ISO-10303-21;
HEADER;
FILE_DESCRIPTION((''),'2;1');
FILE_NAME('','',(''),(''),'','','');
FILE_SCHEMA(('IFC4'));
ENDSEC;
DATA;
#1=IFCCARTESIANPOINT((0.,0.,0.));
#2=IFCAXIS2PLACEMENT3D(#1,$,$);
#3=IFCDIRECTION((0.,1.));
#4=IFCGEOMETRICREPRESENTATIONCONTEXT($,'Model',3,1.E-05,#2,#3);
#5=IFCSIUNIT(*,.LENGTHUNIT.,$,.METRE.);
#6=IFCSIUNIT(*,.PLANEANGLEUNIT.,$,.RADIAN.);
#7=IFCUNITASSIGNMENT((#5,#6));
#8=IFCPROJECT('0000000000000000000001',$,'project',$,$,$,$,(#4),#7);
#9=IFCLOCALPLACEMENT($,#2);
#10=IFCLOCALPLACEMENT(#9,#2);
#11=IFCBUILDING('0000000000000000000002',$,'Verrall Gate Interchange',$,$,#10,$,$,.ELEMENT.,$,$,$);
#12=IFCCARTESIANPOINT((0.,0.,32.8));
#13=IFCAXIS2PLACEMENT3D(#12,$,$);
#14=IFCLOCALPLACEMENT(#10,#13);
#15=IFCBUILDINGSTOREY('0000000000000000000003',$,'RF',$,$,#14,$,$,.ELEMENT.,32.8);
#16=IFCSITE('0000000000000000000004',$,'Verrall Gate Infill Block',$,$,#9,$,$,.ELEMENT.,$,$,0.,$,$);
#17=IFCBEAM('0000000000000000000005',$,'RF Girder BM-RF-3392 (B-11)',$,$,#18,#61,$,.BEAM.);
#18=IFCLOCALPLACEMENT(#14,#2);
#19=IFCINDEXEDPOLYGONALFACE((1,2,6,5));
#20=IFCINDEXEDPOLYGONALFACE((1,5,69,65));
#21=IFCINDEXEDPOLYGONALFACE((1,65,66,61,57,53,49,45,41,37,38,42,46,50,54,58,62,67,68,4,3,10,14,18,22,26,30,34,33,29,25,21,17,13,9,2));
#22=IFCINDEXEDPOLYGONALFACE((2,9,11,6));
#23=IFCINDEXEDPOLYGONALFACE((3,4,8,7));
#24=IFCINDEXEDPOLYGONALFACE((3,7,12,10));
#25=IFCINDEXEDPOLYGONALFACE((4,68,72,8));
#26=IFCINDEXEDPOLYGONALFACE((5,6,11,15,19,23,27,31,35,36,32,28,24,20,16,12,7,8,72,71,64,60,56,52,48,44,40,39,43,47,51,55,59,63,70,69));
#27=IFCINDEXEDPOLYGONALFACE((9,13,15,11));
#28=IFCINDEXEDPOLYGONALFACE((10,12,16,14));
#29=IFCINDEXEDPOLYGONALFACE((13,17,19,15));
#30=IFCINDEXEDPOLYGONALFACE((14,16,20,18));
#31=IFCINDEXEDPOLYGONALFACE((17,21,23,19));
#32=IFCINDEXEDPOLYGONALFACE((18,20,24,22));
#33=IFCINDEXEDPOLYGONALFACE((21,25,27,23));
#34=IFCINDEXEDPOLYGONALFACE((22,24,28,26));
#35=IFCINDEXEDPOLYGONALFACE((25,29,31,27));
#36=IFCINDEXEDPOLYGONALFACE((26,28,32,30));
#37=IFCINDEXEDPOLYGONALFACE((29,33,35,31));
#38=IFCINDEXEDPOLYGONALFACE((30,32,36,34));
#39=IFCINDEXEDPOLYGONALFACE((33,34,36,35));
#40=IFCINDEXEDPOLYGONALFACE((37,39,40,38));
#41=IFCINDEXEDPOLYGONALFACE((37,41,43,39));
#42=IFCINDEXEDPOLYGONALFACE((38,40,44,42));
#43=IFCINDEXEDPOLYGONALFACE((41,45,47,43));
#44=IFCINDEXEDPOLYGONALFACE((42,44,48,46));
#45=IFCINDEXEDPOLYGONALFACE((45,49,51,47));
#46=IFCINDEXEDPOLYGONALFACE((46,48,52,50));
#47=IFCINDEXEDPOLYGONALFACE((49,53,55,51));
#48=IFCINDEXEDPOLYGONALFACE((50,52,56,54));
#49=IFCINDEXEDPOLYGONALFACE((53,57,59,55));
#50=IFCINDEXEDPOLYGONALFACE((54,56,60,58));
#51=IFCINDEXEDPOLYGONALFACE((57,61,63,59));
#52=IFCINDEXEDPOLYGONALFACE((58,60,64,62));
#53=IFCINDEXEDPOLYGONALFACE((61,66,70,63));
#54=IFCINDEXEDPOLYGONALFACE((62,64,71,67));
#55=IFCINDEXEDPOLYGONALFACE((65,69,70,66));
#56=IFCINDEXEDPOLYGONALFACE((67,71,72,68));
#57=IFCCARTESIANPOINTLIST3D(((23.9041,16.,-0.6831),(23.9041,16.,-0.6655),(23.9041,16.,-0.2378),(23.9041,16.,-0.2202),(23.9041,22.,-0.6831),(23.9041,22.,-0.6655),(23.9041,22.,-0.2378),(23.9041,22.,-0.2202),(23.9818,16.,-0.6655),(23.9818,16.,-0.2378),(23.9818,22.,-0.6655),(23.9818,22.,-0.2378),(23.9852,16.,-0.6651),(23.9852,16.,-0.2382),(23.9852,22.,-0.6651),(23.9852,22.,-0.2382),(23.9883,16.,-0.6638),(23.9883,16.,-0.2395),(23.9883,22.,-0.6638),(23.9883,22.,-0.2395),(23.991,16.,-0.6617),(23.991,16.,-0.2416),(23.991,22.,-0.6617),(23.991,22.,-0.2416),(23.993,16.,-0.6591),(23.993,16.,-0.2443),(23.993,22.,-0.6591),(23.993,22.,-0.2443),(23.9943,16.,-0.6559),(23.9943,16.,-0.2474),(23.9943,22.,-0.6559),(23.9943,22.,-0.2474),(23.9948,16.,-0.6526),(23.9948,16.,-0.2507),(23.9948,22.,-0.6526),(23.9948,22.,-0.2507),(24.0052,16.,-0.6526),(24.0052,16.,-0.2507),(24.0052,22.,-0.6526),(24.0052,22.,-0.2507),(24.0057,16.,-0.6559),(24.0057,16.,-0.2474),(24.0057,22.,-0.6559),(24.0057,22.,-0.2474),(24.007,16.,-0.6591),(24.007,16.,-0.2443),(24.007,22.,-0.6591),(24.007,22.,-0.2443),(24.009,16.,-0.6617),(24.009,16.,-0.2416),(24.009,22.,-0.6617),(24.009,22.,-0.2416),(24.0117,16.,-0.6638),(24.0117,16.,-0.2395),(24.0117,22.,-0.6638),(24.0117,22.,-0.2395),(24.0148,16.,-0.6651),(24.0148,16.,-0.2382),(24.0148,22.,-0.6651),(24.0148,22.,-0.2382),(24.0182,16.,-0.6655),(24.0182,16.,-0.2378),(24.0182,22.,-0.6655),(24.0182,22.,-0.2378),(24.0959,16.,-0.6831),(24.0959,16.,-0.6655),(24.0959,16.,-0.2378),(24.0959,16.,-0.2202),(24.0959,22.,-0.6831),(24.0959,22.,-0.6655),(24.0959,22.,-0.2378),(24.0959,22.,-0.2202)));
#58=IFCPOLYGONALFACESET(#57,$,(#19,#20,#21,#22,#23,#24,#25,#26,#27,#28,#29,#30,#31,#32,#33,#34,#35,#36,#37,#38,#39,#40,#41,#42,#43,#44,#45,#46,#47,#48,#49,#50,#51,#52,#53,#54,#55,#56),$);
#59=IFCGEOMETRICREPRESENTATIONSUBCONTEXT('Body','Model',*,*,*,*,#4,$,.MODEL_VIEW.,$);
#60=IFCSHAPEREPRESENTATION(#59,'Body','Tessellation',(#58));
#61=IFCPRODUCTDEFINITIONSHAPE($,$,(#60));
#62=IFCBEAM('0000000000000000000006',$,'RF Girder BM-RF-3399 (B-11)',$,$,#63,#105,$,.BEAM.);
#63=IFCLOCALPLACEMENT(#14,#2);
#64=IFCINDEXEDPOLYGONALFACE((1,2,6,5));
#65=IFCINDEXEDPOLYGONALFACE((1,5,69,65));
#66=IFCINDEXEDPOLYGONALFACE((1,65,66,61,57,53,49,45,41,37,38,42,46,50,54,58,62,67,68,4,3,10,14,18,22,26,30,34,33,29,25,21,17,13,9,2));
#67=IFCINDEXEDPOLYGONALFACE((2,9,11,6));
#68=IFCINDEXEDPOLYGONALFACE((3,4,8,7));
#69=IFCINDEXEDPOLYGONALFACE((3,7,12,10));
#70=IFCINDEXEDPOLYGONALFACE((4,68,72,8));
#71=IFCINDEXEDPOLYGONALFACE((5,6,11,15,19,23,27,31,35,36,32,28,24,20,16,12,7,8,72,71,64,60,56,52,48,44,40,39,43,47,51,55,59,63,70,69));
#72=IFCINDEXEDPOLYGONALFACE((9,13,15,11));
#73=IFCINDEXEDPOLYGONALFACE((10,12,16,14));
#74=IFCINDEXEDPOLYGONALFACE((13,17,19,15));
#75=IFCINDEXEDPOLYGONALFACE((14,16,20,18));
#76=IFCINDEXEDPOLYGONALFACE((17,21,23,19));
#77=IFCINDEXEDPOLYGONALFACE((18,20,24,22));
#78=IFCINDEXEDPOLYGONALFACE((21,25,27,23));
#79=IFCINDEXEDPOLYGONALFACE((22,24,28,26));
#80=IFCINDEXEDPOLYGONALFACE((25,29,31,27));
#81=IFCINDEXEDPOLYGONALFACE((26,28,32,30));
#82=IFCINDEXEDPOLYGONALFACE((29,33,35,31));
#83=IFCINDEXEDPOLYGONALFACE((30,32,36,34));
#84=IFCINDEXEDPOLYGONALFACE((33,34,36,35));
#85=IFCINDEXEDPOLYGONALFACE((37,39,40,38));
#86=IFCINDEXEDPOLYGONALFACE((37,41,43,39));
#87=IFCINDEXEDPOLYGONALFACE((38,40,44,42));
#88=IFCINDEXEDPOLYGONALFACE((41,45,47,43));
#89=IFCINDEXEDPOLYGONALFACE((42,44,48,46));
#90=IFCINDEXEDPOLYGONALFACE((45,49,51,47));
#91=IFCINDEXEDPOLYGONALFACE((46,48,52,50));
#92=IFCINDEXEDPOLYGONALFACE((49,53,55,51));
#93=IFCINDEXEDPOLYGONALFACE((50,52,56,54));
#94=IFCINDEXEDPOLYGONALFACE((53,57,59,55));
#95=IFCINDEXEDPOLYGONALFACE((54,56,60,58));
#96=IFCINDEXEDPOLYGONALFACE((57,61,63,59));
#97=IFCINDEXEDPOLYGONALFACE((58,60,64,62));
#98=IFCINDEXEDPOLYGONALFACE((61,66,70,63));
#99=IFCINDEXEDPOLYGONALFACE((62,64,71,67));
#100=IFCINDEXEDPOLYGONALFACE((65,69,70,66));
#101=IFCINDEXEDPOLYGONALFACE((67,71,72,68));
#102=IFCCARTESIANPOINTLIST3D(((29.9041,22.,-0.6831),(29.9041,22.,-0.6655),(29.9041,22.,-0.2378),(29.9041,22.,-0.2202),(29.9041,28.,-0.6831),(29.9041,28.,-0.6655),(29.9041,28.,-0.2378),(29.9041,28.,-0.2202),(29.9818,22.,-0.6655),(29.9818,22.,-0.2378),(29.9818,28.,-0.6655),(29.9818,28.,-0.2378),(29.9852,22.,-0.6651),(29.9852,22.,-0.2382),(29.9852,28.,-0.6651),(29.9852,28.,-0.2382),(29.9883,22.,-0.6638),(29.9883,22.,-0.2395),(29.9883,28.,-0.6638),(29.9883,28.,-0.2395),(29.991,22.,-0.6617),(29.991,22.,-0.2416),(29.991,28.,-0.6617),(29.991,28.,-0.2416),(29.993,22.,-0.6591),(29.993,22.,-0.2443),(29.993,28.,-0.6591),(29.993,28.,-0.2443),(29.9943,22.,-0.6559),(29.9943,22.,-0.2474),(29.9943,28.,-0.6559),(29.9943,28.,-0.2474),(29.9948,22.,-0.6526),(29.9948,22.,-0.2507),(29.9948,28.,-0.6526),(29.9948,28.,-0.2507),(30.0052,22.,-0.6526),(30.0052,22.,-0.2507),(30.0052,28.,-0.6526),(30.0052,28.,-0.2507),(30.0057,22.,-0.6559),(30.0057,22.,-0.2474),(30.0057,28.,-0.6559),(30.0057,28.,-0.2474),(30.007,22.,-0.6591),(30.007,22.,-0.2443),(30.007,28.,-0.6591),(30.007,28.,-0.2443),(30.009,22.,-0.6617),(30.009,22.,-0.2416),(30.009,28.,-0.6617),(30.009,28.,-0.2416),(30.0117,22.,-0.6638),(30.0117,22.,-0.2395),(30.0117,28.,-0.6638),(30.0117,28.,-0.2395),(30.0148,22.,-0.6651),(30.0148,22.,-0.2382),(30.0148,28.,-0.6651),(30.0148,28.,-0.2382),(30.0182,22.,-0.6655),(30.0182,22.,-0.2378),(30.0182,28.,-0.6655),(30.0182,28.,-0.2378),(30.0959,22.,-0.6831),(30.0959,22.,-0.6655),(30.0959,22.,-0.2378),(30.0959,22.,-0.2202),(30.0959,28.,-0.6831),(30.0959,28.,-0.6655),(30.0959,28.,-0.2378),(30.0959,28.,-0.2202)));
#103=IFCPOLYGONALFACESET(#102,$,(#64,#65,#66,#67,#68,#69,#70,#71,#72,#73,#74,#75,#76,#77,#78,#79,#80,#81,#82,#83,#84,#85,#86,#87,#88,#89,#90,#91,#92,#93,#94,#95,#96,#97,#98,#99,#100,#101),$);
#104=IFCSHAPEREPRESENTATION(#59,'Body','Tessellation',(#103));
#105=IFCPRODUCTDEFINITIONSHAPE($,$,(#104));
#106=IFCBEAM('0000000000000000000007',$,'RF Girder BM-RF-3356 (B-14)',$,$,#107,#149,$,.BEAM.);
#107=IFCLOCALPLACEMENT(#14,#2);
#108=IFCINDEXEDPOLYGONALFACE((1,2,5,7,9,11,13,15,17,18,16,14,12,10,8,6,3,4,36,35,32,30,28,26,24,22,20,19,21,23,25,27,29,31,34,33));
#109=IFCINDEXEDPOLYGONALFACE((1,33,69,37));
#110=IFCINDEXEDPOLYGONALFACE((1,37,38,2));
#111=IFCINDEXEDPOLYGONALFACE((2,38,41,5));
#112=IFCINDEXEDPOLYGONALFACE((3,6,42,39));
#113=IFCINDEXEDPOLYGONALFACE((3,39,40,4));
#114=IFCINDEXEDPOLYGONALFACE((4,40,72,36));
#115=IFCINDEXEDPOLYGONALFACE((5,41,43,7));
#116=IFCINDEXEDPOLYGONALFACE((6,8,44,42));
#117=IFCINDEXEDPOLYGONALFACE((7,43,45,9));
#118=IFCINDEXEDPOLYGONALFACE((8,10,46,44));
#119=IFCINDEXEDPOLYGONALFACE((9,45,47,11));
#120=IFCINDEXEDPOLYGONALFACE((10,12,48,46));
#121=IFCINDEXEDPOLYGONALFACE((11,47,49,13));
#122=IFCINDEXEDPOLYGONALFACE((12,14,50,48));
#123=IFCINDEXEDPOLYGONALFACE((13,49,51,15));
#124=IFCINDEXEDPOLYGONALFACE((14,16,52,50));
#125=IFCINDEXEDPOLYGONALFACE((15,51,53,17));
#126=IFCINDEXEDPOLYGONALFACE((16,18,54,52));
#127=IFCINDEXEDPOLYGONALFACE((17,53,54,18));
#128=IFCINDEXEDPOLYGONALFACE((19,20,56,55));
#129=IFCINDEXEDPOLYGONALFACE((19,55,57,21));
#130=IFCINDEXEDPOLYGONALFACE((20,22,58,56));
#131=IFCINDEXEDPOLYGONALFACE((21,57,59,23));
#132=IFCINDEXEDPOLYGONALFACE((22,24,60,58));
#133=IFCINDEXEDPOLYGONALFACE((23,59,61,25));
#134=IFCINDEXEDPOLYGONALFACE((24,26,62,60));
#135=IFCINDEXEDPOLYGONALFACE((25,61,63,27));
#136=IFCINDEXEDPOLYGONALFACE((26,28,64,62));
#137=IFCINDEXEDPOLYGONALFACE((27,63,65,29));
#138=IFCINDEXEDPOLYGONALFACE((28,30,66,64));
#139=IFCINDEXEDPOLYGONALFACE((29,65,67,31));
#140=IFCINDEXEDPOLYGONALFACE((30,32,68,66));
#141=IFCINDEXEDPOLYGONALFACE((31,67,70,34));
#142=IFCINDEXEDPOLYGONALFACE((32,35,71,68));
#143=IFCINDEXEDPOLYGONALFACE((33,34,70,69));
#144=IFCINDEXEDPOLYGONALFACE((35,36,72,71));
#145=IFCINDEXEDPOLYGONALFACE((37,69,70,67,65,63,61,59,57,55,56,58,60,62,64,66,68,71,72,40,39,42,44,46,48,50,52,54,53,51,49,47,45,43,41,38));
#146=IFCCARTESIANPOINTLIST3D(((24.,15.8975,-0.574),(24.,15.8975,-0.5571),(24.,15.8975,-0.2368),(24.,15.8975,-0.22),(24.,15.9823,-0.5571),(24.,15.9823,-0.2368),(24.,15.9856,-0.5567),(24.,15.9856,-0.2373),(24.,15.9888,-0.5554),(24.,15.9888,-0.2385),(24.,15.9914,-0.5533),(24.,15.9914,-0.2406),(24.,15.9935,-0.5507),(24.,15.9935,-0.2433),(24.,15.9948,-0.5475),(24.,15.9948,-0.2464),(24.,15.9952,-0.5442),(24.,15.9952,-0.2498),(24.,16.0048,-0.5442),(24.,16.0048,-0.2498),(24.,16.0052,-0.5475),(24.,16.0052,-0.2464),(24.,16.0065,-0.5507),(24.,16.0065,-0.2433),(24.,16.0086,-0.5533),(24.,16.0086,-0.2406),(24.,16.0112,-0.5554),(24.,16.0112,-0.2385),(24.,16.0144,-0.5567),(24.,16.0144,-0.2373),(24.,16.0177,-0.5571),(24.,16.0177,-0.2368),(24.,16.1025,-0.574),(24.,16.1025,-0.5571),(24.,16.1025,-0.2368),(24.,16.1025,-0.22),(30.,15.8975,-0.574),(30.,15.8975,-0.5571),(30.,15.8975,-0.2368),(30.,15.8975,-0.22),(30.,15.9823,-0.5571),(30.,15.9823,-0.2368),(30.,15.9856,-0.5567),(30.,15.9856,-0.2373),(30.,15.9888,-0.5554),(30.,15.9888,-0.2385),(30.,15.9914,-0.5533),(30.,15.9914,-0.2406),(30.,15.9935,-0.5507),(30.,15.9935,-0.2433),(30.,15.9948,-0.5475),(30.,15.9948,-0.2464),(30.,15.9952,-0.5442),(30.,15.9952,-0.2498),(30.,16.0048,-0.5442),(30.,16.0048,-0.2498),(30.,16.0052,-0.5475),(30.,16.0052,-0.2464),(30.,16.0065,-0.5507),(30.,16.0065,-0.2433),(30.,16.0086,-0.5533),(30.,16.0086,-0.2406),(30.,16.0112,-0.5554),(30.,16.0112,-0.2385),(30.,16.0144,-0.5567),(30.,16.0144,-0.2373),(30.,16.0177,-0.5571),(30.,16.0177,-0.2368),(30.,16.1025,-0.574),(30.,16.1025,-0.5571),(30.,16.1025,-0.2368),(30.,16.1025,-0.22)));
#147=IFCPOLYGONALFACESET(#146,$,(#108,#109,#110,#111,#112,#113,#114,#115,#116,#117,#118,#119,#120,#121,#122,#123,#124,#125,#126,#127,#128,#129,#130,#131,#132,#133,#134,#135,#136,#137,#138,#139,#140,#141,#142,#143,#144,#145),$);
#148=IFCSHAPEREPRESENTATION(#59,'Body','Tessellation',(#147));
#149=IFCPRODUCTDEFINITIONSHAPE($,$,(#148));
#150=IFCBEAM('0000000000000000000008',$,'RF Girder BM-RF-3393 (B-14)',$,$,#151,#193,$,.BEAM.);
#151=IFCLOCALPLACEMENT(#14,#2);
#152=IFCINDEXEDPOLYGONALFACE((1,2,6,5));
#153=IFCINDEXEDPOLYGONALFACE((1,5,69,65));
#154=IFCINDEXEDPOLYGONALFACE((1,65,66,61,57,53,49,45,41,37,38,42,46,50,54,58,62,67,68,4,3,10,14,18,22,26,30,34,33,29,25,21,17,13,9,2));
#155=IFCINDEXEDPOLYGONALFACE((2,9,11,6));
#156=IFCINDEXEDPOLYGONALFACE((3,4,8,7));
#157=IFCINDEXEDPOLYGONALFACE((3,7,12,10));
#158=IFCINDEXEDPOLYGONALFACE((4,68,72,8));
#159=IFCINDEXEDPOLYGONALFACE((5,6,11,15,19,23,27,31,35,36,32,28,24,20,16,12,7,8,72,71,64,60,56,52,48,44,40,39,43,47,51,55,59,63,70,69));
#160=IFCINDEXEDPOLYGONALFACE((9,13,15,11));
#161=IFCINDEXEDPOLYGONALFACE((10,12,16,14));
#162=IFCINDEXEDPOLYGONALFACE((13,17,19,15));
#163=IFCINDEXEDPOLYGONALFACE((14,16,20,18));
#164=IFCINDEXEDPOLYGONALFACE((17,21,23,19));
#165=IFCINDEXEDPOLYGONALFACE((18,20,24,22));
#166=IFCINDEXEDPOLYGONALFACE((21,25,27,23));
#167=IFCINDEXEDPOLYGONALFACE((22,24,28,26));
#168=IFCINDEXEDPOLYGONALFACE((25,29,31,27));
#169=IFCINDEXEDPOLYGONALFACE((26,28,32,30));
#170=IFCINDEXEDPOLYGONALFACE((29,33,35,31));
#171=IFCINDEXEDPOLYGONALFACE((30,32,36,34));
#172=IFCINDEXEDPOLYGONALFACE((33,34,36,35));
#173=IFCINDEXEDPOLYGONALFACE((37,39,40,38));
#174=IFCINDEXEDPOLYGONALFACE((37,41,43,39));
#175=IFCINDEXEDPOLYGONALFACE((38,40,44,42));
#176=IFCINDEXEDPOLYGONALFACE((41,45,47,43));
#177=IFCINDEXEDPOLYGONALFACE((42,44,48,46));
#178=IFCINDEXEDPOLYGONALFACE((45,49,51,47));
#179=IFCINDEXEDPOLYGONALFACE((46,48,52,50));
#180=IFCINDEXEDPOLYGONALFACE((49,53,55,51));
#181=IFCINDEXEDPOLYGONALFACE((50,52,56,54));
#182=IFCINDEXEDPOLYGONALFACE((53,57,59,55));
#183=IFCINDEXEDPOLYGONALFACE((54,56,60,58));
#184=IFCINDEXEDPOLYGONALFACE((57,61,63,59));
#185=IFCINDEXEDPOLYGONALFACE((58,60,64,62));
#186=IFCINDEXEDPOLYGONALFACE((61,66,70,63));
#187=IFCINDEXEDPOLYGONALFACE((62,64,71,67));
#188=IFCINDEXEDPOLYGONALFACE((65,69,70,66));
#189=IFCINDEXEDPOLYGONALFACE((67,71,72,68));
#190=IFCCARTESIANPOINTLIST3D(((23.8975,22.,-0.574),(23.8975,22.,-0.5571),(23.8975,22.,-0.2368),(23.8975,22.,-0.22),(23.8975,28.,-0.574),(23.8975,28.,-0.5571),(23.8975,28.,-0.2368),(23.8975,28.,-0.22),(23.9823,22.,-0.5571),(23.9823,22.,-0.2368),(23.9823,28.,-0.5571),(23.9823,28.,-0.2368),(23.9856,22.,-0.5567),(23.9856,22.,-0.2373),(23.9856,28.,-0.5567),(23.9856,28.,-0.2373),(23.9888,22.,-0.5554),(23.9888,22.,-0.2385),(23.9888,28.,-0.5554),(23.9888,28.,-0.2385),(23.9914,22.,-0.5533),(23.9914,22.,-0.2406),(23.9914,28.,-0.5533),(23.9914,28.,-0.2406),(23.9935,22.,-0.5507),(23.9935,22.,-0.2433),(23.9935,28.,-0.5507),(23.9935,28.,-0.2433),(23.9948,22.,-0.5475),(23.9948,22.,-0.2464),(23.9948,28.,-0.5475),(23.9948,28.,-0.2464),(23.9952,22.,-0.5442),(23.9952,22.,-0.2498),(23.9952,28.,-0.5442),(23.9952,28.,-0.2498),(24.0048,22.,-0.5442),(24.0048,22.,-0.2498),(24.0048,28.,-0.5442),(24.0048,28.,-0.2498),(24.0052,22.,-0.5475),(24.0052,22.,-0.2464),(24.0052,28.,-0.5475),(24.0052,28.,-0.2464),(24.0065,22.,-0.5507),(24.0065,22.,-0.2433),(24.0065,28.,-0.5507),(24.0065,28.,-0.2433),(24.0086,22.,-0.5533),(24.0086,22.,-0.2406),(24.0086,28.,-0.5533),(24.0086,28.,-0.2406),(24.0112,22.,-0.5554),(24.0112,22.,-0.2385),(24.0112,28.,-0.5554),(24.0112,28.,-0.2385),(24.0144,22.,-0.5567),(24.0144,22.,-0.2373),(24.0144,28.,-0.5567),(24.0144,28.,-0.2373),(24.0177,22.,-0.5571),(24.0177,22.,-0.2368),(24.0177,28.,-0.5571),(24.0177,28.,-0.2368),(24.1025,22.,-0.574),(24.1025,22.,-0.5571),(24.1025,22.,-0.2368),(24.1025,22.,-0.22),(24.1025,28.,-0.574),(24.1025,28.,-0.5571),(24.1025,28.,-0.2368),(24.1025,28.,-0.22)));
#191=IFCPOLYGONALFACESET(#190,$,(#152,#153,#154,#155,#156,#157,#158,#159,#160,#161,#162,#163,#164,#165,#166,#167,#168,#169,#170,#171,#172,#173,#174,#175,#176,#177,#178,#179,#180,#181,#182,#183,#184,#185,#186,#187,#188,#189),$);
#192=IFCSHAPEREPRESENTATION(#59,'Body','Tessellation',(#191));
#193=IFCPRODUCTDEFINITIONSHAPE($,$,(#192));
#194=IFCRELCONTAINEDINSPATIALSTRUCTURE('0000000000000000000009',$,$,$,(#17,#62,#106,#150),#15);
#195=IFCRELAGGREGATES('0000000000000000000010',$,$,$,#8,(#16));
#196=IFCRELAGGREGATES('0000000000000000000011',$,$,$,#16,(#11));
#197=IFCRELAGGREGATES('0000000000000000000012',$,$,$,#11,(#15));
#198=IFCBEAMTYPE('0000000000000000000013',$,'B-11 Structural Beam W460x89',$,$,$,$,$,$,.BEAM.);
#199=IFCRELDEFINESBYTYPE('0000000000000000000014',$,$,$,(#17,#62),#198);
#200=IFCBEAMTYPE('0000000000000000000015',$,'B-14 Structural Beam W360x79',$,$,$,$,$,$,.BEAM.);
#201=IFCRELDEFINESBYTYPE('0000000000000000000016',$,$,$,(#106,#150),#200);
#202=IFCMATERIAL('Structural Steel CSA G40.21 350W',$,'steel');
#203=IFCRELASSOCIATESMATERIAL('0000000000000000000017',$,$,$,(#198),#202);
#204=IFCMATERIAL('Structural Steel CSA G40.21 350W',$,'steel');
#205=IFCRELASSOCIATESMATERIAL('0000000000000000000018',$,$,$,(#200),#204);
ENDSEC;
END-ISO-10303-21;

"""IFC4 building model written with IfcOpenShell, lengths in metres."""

from ifc_helpers import new_model, si_unit, direction, frame, origin, origin_2d, place, context, subcontext, project, spatial, i_section, extrude, material, material_profile, profile_set, type_object, element, save


model = new_model("IFC4")

# Units and contexts
model_context = context("Model", 3, precision=1e-05, world=origin(), true_north=direction((0.0, 1.0)))
body_context = subcontext(model_context, "Body", "Model", "MODEL_VIEW")
ifc_project = project(units=[si_unit("LENGTHUNIT", "METRE"), si_unit("PLANEANGLEUNIT", "RADIAN")], contexts=[model_context])

# Site, building, storey
site_placement = place(None, origin())
site = spatial("IfcSite", under=ifc_project, at=site_placement, Name="Verrall Gate Infill Block", CompositionType="ELEMENT", RefElevation=0.0)
building_placement = place(site_placement, origin())
building = spatial("IfcBuilding", under=site, at=building_placement, Name="Verrall Gate Interchange", CompositionType="ELEMENT")
storey_placement = place(building_placement, frame((0.0, 0.0, 32.8)))
storey = spatial("IfcBuildingStorey", under=building, at=storey_placement, Name="RF", CompositionType="ELEMENT", Elevation=32.8)

# Beams
ifc_material_1 = material(Name="Structural Steel CSA G40.21 350W", Category="steel")
ifc_material_profile_1 = material_profile(ifc_material_1, i_section(OverallWidth=0.1919, OverallDepth=0.4629, WebThickness=0.0105, FlangeThickness=0.0176, FilletRadius=0.0129, at=origin_2d()), Name="W460x89")
ifc_profile_set_1 = profile_set([ifc_material_profile_1], Name="Structural Steel CSA G40.21 350W")
beam_type_1 = type_object("IfcBeamType", Name="B-11 Structural Beam W460x89", PredefinedType="BEAM", material=ifc_profile_set_1)
for number, where, z_axis, x_axis, name in (
    (1, (24.0, 16.0, -0.4517), (0.0, 1.0, 0.0), (-1.0, 0.0, 0.0), "RF Girder BM-RF-3392 (B-11)"),
    (2, (30.0, 22.0, -0.4517), (0.0, 1.0, 0.0), (-1.0, 0.0, 0.0), "RF Girder BM-RF-3399 (B-11)"),
):
    element("IfcBeam", number, at=place(storey_placement, frame(where, z_axis=z_axis, x_axis=x_axis)), inside=storey, type_object=beam_type_1, Name=name, PredefinedType="BEAM", context=body_context, shape_type="SweptSolid", body=[
        extrude(i_section(OverallWidth=0.1919, OverallDepth=0.4629, WebThickness=0.0105, FlangeThickness=0.0176, FilletRadius=0.0129, at=origin_2d()), origin(), (0.0, 0.0, 1.0), 6.0),
    ])
ifc_material_2 = material(Name="Structural Steel CSA G40.21 350W", Category="steel")
ifc_material_profile_2 = material_profile(ifc_material_2, i_section(OverallWidth=0.2051, OverallDepth=0.354, WebThickness=0.0095, FlangeThickness=0.0168, FilletRadius=0.0129, at=origin_2d()), Name="W360x79")
ifc_profile_set_2 = profile_set([ifc_material_profile_2], Name="Structural Steel CSA G40.21 350W")
beam_type_2 = type_object("IfcBeamType", Name="B-14 Structural Beam W360x79", PredefinedType="BEAM", material=ifc_profile_set_2)
for number, where, z_axis, x_axis, name in (
    (3, (24.0, 16.0, -0.397), (1.0, 0.0, 0.0), (0.0, 1.0, 0.0), "RF Girder BM-RF-3356 (B-14)"),
    (4, (24.0, 22.0, -0.397), (0.0, 1.0, 0.0), (-1.0, 0.0, 0.0), "RF Girder BM-RF-3393 (B-14)"),
):
    element("IfcBeam", number, at=place(storey_placement, frame(where, z_axis=z_axis, x_axis=x_axis)), inside=storey, type_object=beam_type_2, Name=name, PredefinedType="BEAM", context=body_context, shape_type="SweptSolid", body=[
        extrude(i_section(OverallWidth=0.2051, OverallDepth=0.354, WebThickness=0.0095, FlangeThickness=0.0168, FilletRadius=0.0129, at=origin_2d()), origin(), (0.0, 0.0, 1.0), 6.0),
    ])

save(model, "model.ifc")
